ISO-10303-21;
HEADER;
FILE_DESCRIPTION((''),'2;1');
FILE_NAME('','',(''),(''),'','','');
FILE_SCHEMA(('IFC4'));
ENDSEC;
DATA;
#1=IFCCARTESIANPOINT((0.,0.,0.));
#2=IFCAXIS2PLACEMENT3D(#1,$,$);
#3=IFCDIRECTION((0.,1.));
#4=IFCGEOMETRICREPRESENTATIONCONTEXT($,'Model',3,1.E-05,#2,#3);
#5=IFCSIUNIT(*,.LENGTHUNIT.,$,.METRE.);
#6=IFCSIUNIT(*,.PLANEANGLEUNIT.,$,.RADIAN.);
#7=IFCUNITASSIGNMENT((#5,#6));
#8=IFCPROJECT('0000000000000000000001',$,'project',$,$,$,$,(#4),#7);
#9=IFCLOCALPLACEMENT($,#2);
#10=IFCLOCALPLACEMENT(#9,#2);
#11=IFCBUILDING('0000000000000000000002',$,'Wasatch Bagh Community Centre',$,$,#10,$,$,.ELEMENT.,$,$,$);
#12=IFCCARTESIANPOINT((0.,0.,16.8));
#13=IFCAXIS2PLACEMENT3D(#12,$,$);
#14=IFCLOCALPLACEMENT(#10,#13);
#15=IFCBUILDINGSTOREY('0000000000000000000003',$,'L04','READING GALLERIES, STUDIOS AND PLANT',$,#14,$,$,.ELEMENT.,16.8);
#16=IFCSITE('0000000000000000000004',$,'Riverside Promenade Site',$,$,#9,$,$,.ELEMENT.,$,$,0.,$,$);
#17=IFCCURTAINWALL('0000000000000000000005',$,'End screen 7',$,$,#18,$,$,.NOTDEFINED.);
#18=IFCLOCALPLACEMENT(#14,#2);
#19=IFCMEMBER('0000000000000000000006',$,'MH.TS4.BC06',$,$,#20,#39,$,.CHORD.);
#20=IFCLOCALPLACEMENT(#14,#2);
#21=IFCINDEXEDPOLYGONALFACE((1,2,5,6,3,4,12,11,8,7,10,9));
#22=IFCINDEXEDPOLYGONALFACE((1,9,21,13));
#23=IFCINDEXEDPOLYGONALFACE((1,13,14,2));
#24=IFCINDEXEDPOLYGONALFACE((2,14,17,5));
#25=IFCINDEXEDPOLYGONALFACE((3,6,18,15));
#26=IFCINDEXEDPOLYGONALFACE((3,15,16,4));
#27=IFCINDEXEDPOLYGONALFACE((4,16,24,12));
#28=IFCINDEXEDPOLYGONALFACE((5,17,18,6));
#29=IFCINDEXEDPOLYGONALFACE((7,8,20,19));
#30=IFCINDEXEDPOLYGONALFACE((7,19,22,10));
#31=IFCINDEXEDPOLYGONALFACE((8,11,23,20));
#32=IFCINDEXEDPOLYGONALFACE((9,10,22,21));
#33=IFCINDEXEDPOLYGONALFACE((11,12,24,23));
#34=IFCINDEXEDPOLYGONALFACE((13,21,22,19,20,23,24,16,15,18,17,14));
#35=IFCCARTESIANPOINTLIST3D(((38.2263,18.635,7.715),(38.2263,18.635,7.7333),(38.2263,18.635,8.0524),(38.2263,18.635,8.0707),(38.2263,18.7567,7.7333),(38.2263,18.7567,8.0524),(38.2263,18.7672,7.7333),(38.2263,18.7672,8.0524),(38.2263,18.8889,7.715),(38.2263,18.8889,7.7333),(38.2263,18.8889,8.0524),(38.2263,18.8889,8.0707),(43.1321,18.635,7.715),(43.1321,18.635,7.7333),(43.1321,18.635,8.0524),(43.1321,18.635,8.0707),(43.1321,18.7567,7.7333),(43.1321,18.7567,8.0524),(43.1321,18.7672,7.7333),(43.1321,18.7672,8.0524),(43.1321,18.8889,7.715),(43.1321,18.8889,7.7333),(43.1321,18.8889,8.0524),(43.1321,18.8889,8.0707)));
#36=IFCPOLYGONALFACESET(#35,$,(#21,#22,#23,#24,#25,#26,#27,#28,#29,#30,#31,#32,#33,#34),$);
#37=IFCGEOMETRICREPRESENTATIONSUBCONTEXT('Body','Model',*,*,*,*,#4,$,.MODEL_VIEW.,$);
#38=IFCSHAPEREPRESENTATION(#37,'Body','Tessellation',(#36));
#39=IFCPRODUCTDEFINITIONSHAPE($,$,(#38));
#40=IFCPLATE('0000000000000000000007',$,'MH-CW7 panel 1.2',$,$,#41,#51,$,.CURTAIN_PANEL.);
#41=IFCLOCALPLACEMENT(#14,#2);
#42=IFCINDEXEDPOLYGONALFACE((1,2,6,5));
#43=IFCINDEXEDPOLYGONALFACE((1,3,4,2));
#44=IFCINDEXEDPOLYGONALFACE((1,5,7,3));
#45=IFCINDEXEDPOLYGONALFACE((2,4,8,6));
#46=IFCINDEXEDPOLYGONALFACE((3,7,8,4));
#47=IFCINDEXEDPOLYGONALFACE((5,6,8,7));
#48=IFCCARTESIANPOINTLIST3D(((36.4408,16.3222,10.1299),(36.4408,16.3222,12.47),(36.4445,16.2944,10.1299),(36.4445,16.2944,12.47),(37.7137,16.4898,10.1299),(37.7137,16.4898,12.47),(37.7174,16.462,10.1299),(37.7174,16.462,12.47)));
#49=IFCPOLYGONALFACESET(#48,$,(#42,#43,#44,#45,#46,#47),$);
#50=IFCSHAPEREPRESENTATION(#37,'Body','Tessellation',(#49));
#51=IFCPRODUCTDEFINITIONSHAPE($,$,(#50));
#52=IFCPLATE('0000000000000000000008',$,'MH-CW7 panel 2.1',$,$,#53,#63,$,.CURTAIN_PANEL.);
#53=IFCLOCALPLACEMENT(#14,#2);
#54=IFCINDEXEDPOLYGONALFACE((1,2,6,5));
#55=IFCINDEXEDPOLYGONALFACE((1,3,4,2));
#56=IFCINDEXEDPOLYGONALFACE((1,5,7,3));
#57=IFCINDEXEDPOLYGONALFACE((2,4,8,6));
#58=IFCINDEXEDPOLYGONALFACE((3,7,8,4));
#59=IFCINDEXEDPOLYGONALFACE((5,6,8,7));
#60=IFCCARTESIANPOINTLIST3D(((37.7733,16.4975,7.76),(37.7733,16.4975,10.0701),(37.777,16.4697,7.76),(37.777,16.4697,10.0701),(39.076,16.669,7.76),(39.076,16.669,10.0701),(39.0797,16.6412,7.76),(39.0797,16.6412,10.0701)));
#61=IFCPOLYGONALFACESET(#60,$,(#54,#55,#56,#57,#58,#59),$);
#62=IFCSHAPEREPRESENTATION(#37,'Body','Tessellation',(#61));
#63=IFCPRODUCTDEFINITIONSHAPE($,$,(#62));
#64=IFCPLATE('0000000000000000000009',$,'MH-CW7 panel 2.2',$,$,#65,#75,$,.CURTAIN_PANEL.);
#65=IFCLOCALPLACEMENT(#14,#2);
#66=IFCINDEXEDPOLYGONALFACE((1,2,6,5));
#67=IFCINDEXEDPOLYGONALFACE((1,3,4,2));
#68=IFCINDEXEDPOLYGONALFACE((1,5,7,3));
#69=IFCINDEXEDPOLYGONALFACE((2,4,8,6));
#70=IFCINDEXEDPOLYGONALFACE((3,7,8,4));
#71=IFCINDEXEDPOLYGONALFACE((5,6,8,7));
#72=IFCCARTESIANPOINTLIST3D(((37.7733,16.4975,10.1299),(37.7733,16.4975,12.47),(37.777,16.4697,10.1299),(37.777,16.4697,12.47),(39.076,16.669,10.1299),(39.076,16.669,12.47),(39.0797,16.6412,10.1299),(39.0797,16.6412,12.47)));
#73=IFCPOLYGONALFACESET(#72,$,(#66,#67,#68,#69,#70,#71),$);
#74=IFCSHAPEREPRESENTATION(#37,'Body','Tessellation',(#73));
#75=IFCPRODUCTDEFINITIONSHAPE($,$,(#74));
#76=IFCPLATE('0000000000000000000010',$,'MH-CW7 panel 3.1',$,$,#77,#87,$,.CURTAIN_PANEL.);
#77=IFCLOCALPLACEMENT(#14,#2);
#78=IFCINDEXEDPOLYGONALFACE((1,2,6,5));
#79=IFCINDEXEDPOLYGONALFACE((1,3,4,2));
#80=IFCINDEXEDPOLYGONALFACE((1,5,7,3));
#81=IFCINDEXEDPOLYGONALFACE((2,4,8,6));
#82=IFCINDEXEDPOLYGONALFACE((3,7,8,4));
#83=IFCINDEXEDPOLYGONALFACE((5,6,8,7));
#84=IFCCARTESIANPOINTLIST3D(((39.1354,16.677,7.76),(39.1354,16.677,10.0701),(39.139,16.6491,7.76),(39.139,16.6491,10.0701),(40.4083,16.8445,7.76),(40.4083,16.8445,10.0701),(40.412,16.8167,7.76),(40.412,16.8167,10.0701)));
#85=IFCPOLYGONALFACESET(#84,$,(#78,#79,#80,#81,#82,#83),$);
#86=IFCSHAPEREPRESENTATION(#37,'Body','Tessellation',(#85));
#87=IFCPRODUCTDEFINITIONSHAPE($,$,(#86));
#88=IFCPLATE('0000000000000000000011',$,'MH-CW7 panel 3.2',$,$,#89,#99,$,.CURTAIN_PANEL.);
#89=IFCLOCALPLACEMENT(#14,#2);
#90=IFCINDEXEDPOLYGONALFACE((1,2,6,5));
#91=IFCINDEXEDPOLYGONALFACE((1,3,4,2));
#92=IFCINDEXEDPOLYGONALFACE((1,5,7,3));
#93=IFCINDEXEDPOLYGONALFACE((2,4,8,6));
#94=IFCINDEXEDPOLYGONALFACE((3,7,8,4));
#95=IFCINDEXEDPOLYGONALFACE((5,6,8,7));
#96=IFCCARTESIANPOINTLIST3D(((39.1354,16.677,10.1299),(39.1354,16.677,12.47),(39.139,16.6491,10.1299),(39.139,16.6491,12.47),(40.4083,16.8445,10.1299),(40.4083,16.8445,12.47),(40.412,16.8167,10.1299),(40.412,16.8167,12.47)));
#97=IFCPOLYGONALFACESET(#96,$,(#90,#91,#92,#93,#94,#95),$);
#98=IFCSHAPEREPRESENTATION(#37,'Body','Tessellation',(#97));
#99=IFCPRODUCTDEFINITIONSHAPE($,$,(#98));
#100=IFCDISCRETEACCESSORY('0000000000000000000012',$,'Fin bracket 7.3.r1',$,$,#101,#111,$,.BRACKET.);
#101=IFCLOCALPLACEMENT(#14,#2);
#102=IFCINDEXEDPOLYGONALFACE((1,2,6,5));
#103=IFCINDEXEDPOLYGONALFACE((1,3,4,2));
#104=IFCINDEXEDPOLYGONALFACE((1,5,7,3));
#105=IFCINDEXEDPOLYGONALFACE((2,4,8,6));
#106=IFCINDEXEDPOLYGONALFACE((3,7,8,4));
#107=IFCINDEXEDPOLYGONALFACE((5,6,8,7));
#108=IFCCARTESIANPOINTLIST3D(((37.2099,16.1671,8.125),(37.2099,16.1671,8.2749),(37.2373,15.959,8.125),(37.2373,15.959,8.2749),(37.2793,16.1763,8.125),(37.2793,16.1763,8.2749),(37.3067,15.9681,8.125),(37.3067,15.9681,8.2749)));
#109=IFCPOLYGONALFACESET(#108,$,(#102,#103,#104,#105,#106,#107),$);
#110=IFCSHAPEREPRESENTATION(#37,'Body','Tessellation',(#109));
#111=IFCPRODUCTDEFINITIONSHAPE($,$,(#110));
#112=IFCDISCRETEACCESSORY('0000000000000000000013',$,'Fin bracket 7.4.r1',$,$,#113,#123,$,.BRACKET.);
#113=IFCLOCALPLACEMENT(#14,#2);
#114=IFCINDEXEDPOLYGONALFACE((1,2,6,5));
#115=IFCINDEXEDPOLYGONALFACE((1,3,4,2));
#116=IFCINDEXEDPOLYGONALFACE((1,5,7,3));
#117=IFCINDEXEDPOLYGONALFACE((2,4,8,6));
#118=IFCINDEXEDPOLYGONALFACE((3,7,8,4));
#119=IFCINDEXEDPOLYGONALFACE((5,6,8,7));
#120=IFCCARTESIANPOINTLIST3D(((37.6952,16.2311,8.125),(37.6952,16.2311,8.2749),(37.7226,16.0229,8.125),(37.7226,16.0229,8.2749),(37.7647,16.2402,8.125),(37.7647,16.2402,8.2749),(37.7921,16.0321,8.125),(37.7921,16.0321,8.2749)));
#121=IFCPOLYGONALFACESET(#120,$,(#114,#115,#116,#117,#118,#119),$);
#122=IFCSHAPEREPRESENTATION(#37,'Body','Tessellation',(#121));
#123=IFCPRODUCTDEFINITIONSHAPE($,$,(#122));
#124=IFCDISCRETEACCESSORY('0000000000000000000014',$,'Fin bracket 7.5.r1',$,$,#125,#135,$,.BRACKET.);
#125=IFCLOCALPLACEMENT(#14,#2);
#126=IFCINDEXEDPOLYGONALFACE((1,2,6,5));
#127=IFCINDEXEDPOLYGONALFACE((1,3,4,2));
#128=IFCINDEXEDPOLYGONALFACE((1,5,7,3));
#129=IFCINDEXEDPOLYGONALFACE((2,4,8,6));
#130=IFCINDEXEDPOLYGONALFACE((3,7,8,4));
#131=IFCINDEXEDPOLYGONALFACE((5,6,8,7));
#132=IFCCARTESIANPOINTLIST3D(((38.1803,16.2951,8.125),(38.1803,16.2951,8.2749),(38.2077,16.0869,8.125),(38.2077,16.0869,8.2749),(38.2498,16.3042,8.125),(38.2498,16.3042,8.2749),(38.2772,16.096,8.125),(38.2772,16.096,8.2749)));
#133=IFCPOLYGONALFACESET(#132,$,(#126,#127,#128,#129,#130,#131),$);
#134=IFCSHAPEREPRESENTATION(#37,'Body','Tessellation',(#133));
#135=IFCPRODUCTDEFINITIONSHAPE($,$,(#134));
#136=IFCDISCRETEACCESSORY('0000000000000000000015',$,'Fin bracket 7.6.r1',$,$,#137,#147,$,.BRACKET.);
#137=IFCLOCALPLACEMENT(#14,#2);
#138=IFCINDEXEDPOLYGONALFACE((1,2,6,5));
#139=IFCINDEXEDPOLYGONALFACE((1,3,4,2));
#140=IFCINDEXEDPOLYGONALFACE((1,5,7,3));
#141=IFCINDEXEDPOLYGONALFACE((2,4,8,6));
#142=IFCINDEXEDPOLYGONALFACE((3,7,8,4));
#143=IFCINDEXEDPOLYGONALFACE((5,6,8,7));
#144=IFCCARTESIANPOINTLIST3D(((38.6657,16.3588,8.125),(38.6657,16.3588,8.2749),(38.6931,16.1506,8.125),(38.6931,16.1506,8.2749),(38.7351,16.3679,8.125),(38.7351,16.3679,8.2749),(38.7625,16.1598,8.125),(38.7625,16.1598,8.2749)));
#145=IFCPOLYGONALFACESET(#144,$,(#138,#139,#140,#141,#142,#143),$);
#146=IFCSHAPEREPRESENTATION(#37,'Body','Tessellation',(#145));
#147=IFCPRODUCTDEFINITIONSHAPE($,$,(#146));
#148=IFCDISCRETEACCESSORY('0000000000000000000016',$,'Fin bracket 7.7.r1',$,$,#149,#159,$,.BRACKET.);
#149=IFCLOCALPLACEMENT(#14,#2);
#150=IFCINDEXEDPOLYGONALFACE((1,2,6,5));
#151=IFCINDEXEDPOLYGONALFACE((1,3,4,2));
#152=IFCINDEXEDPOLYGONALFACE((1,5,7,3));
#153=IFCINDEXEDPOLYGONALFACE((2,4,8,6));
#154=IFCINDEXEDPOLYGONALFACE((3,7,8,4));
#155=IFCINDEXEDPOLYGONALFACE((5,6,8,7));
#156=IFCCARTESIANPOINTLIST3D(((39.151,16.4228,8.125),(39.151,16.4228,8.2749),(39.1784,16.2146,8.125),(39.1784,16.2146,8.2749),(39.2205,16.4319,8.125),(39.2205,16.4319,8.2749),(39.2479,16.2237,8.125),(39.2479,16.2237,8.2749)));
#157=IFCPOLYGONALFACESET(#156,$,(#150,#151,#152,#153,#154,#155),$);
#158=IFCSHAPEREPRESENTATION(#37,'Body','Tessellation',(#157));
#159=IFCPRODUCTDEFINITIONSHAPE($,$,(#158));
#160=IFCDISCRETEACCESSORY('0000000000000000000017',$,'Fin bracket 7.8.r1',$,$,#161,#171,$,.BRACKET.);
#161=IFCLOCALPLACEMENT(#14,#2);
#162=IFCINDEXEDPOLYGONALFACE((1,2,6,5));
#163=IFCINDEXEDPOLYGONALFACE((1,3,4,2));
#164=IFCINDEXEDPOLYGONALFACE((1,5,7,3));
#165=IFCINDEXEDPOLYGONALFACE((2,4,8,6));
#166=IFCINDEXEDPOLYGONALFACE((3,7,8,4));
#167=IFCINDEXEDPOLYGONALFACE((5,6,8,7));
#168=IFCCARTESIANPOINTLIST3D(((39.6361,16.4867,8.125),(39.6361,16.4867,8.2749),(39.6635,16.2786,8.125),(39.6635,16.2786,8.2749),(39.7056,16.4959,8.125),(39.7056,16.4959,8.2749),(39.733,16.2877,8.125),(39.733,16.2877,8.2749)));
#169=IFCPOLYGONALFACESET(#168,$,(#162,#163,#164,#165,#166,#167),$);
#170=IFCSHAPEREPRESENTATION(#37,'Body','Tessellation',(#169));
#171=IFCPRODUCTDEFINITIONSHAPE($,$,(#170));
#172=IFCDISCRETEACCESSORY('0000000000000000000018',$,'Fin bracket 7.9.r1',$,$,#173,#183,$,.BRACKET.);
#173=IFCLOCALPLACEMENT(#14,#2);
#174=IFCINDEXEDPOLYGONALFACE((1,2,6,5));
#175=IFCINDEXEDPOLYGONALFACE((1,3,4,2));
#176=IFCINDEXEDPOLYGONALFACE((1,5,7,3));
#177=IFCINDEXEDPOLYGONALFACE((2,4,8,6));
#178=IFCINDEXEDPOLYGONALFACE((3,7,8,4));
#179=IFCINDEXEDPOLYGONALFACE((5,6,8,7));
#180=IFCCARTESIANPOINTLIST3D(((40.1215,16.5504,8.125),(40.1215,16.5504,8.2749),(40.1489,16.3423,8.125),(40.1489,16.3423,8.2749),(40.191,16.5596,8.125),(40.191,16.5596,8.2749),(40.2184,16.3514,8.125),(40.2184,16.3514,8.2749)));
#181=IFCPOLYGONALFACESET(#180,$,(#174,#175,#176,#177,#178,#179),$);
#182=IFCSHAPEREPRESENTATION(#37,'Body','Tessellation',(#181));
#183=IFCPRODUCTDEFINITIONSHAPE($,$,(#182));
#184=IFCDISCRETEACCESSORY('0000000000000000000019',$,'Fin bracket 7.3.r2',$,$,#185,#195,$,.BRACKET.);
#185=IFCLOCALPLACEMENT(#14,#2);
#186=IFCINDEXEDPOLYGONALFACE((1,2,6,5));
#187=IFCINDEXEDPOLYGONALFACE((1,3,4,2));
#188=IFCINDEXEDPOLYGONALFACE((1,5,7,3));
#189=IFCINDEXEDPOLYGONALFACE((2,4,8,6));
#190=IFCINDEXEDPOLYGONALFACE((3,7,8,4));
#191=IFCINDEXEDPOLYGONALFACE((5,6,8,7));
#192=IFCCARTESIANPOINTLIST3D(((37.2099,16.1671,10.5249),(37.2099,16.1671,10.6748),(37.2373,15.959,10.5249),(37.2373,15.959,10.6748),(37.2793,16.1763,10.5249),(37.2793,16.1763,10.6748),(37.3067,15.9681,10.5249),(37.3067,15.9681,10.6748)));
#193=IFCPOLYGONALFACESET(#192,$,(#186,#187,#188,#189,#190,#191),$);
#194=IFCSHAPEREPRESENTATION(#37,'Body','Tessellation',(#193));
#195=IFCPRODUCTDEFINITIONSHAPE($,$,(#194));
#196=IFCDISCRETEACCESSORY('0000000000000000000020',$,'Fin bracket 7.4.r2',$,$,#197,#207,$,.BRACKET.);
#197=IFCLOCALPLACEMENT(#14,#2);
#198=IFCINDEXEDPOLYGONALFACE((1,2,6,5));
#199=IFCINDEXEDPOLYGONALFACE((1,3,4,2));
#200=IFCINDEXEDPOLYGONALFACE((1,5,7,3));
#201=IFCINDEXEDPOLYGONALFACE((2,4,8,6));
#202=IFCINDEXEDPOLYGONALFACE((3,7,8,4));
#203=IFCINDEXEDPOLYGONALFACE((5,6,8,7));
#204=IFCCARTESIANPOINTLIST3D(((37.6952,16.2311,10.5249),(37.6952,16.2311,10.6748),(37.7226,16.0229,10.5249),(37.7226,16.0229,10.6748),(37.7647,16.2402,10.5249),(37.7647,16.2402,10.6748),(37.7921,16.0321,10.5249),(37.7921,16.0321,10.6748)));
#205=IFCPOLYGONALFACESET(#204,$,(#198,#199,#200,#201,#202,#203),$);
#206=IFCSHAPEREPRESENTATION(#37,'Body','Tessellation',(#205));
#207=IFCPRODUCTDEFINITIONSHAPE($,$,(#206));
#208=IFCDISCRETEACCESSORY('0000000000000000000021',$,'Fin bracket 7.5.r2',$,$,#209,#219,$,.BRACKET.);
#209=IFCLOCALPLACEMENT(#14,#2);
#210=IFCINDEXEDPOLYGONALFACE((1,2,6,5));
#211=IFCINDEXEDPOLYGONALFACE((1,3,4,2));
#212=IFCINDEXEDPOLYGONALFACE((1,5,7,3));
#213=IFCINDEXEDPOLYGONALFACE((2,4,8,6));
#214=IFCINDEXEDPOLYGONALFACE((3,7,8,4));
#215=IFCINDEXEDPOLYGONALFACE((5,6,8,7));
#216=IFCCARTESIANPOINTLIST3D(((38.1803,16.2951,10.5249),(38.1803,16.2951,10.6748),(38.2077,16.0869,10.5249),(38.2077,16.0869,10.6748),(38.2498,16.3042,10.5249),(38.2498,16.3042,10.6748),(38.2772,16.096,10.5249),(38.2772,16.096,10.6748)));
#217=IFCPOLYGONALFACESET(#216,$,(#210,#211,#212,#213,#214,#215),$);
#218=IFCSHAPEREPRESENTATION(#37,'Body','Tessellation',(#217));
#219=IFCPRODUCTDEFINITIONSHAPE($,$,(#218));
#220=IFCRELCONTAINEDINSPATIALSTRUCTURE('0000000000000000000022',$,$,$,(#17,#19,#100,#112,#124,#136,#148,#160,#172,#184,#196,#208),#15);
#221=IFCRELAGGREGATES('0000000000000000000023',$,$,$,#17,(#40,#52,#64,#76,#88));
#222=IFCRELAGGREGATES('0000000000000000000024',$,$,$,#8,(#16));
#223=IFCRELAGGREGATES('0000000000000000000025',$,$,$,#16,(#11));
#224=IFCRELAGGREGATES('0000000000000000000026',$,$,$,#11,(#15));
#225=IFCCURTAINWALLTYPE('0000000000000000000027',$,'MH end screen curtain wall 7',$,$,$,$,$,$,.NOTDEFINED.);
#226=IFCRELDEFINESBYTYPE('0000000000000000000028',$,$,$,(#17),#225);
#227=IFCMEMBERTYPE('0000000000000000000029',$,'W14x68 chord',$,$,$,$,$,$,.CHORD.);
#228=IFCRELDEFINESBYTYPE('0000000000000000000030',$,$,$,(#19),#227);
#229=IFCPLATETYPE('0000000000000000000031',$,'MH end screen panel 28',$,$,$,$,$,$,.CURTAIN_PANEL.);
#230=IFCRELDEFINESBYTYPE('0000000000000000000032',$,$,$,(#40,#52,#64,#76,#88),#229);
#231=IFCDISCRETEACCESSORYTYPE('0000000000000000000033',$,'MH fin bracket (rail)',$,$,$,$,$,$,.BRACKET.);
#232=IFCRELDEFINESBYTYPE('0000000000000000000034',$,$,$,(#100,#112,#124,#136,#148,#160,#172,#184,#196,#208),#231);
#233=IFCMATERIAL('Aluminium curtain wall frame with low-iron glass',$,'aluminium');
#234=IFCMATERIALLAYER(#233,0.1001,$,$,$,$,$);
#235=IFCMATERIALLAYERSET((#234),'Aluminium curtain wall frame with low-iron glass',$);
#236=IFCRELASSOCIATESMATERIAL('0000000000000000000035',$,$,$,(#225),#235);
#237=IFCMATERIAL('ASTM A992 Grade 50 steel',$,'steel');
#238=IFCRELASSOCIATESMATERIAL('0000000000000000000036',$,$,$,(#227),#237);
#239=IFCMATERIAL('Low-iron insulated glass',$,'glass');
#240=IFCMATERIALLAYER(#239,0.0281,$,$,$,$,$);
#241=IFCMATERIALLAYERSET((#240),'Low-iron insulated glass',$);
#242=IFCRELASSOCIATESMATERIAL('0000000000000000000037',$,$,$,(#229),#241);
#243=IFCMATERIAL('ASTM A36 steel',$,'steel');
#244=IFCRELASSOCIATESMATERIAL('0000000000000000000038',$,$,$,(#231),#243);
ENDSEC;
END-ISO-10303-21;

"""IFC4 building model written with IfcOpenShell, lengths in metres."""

from ifc_helpers import new_model, si_unit, direction, frame, origin, origin_2d, place, context, subcontext, project, spatial, rectangle, i_section, extrude, material, layer, layer_set, material_profile, profile_set, type_object, element, aggregate, save


model = new_model("IFC4")

# Units and contexts
model_context = context("Model", 3, precision=1e-05, world=origin(), true_north=direction((0.0, 1.0)))
body_context = subcontext(model_context, "Body", "Model", "MODEL_VIEW")
ifc_project = project(units=[si_unit("LENGTHUNIT", "METRE"), si_unit("PLANEANGLEUNIT", "RADIAN")], contexts=[model_context])

# Site, building, storey
site_placement = place(None, origin())
site = spatial("IfcSite", under=ifc_project, at=site_placement, Name="Riverside Promenade Site", CompositionType="ELEMENT", RefElevation=0.0)
building_placement = place(site_placement, origin())
building = spatial("IfcBuilding", under=site, at=building_placement, Name="Wasatch Bagh Community Centre", CompositionType="ELEMENT")
storey_placement = place(building_placement, frame((0.0, 0.0, 16.8)))
storey = spatial("IfcBuildingStorey", under=building, at=storey_placement, Name="L04", Description="READING GALLERIES, STUDIOS AND PLANT", CompositionType="ELEMENT", Elevation=16.8)

# Curtain wall
ifc_material_1 = material(Name="Aluminium curtain wall frame with low-iron glass", Category="aluminium")
ifc_layer_1 = layer(ifc_material_1, 0.1001)
ifc_layer_set_1 = layer_set([ifc_layer_1], Name="Aluminium curtain wall frame with low-iron glass")
curtain_wall_type = type_object("IfcCurtainWallType", Name="MH end screen curtain wall 7", PredefinedType="NOTDEFINED", material=ifc_layer_set_1)
curtain_wall_placement = place(storey_placement, origin())
curtain_wall = element("IfcCurtainWall", 1, at=curtain_wall_placement, inside=storey, type_object=curtain_wall_type, Name="End screen 7", PredefinedType="NOTDEFINED")

# Member
ifc_material_2 = material(Name="ASTM A992 Grade 50 steel", Category="steel")
ifc_material_profile_1 = material_profile(ifc_material_2, i_section(OverallWidth=0.2539, OverallDepth=0.3557, WebThickness=0.0105, FlangeThickness=0.0183, at=origin_2d()), Name="W14x68")
ifc_profile_set_1 = profile_set([ifc_material_profile_1], Name="ASTM A992 Grade 50 steel")
member_type_1 = type_object("IfcMemberType", Name="W14x68 chord", PredefinedType="CHORD", material=ifc_profile_set_1)
member_1_placement = place(storey_placement, frame((38.2263, 18.762, 7.8928), z_axis=(1.0, 0.0, 0.0), x_axis=(0.0, 1.0, 0.0)))
element("IfcMember", 2, at=member_1_placement, inside=storey, type_object=member_type_1, Name="MH.TS4.BC06", PredefinedType="CHORD", context=body_context, shape_type="SweptSolid", body=[
    extrude(i_section(OverallWidth=0.2539, OverallDepth=0.3557, WebThickness=0.0105, FlangeThickness=0.0183, at=origin_2d()), origin(), (0.0, 0.0, 1.0), 4.9058),
])

# Plates
ifc_material_3 = material(Name="Low-iron insulated glass", Category="glass")
ifc_layer_2 = layer(ifc_material_3, 0.0281)
ifc_layer_set_2 = layer_set([ifc_layer_2], Name="Low-iron insulated glass")
plate_type = type_object("IfcPlateType", Name="MH end screen panel 28", PredefinedType="CURTAIN_PANEL", material=ifc_layer_set_2)
plate_1_placement = place(storey_placement, frame((37.0791, 16.3921, 10.1299), z_axis=(0.0, 0.0, 1.0), x_axis=(0.991445, 0.130526, 0.0)))
plate_1 = element("IfcPlate", 3, at=plate_1_placement, type_object=plate_type, Name="MH-CW7 panel 1.2", PredefinedType="CURTAIN_PANEL", context=body_context, shape_type="SweptSolid", body=[
    extrude(rectangle(XDim=1.2839, YDim=0.0281, at=origin_2d()), origin(), (0.0, 0.0, 1.0), 2.3401),
])
plate_2_placement = place(storey_placement, frame((38.4265, 16.5693, 7.76), z_axis=(0.0, 0.0, 1.0), x_axis=(0.991445, 0.130526, 0.0)))
plate_2 = element("IfcPlate", 4, at=plate_2_placement, type_object=plate_type, Name="MH-CW7 panel 2.1", PredefinedType="CURTAIN_PANEL", context=body_context, shape_type="SweptSolid", body=[
    extrude(rectangle(XDim=1.314, YDim=0.0281, at=origin_2d()), origin(), (0.0, 0.0, 1.0), 2.3101),
])
plate_3_placement = place(storey_placement, frame((38.4265, 16.5693, 10.1299), z_axis=(0.0, 0.0, 1.0), x_axis=(0.991445, 0.130526, 0.0)))
plate_3 = element("IfcPlate", 5, at=plate_3_placement, type_object=plate_type, Name="MH-CW7 panel 2.2", PredefinedType="CURTAIN_PANEL", context=body_context, shape_type="SweptSolid", body=[
    extrude(rectangle(XDim=1.314, YDim=0.0281, at=origin_2d()), origin(), (0.0, 0.0, 1.0), 2.3401),
])
plate_4_placement = place(storey_placement, frame((39.7737, 16.7468, 7.76), z_axis=(0.0, 0.0, 1.0), x_axis=(0.991445, 0.130526, 0.0)))
plate_4 = element("IfcPlate", 6, at=plate_4_placement, type_object=plate_type, Name="MH-CW7 panel 3.1", PredefinedType="CURTAIN_PANEL", context=body_context, shape_type="SweptSolid", body=[
    extrude(rectangle(XDim=1.2839, YDim=0.0281, at=origin_2d()), origin(), (0.0, 0.0, 1.0), 2.3101),
])
plate_5_placement = place(storey_placement, frame((39.7737, 16.7468, 10.1299), z_axis=(0.0, 0.0, 1.0), x_axis=(0.991445, 0.130526, 0.0)))
plate_5 = element("IfcPlate", 7, at=plate_5_placement, type_object=plate_type, Name="MH-CW7 panel 3.2", PredefinedType="CURTAIN_PANEL", context=body_context, shape_type="SweptSolid", body=[
    extrude(rectangle(XDim=1.2839, YDim=0.0281, at=origin_2d()), origin(), (0.0, 0.0, 1.0), 2.3401),
])
aggregate(curtain_wall, [plate_1, plate_2, plate_3, plate_4, plate_5])

# Discrete accessories
ifc_material_4 = material(Name="ASTM A36 steel", Category="steel")
discrete_accessory_type_1 = type_object("IfcDiscreteAccessoryType", Name="MH fin bracket (rail)", PredefinedType="BRACKET", material=ifc_material_4)
for number, where, z_axis, x_axis, name in (
    (8, (37.2583, 16.0676, 8.125), (0.0, 0.0, 1.0), (0.991445, 0.130526, 0.0), "Fin bracket 7.3.r1"),
    (9, (37.7437, 16.1316, 8.125), (0.0, 0.0, 1.0), (0.991445, 0.130526, 0.0), "Fin bracket 7.4.r1"),
    (10, (38.2288, 16.1956, 8.125), (0.0, 0.0, 1.0), (0.991445, 0.130526, 0.0), "Fin bracket 7.5.r1"),
    (11, (38.7141, 16.2593, 8.125), (0.0, 0.0, 1.0), (0.991445, 0.130526, 0.0), "Fin bracket 7.6.r1"),
    (12, (39.1995, 16.3232, 8.125), (0.0, 0.0, 1.0), (0.991445, 0.130526, 0.0), "Fin bracket 7.7.r1"),
    (13, (39.6846, 16.3872, 8.125), (0.0, 0.0, 1.0), (0.991445, 0.130526, 0.0), "Fin bracket 7.8.r1"),
    (14, (40.1699, 16.4509, 8.125), (0.0, 0.0, 1.0), (0.991445, 0.130526, 0.0), "Fin bracket 7.9.r1"),
    (15, (37.2583, 16.0676, 10.5249), (0.0, 0.0, 1.0), (0.991445, 0.130526, 0.0), "Fin bracket 7.3.r2"),
    (16, (37.7437, 16.1316, 10.5249), (0.0, 0.0, 1.0), (0.991445, 0.130526, 0.0), "Fin bracket 7.4.r2"),
    (17, (38.2288, 16.1956, 10.5249), (0.0, 0.0, 1.0), (0.991445, 0.130526, 0.0), "Fin bracket 7.5.r2"),
):
    element("IfcDiscreteAccessory", number, at=place(storey_placement, frame(where, z_axis=z_axis, x_axis=x_axis)), inside=storey, type_object=discrete_accessory_type_1, Name=name, PredefinedType="BRACKET", context=body_context, shape_type="SweptSolid", body=[
        extrude(rectangle(XDim=0.0701, YDim=0.21, at=origin_2d()), origin(), (0.0, 0.0, 1.0), 0.1499),
    ])

save(model, "model.ifc")
